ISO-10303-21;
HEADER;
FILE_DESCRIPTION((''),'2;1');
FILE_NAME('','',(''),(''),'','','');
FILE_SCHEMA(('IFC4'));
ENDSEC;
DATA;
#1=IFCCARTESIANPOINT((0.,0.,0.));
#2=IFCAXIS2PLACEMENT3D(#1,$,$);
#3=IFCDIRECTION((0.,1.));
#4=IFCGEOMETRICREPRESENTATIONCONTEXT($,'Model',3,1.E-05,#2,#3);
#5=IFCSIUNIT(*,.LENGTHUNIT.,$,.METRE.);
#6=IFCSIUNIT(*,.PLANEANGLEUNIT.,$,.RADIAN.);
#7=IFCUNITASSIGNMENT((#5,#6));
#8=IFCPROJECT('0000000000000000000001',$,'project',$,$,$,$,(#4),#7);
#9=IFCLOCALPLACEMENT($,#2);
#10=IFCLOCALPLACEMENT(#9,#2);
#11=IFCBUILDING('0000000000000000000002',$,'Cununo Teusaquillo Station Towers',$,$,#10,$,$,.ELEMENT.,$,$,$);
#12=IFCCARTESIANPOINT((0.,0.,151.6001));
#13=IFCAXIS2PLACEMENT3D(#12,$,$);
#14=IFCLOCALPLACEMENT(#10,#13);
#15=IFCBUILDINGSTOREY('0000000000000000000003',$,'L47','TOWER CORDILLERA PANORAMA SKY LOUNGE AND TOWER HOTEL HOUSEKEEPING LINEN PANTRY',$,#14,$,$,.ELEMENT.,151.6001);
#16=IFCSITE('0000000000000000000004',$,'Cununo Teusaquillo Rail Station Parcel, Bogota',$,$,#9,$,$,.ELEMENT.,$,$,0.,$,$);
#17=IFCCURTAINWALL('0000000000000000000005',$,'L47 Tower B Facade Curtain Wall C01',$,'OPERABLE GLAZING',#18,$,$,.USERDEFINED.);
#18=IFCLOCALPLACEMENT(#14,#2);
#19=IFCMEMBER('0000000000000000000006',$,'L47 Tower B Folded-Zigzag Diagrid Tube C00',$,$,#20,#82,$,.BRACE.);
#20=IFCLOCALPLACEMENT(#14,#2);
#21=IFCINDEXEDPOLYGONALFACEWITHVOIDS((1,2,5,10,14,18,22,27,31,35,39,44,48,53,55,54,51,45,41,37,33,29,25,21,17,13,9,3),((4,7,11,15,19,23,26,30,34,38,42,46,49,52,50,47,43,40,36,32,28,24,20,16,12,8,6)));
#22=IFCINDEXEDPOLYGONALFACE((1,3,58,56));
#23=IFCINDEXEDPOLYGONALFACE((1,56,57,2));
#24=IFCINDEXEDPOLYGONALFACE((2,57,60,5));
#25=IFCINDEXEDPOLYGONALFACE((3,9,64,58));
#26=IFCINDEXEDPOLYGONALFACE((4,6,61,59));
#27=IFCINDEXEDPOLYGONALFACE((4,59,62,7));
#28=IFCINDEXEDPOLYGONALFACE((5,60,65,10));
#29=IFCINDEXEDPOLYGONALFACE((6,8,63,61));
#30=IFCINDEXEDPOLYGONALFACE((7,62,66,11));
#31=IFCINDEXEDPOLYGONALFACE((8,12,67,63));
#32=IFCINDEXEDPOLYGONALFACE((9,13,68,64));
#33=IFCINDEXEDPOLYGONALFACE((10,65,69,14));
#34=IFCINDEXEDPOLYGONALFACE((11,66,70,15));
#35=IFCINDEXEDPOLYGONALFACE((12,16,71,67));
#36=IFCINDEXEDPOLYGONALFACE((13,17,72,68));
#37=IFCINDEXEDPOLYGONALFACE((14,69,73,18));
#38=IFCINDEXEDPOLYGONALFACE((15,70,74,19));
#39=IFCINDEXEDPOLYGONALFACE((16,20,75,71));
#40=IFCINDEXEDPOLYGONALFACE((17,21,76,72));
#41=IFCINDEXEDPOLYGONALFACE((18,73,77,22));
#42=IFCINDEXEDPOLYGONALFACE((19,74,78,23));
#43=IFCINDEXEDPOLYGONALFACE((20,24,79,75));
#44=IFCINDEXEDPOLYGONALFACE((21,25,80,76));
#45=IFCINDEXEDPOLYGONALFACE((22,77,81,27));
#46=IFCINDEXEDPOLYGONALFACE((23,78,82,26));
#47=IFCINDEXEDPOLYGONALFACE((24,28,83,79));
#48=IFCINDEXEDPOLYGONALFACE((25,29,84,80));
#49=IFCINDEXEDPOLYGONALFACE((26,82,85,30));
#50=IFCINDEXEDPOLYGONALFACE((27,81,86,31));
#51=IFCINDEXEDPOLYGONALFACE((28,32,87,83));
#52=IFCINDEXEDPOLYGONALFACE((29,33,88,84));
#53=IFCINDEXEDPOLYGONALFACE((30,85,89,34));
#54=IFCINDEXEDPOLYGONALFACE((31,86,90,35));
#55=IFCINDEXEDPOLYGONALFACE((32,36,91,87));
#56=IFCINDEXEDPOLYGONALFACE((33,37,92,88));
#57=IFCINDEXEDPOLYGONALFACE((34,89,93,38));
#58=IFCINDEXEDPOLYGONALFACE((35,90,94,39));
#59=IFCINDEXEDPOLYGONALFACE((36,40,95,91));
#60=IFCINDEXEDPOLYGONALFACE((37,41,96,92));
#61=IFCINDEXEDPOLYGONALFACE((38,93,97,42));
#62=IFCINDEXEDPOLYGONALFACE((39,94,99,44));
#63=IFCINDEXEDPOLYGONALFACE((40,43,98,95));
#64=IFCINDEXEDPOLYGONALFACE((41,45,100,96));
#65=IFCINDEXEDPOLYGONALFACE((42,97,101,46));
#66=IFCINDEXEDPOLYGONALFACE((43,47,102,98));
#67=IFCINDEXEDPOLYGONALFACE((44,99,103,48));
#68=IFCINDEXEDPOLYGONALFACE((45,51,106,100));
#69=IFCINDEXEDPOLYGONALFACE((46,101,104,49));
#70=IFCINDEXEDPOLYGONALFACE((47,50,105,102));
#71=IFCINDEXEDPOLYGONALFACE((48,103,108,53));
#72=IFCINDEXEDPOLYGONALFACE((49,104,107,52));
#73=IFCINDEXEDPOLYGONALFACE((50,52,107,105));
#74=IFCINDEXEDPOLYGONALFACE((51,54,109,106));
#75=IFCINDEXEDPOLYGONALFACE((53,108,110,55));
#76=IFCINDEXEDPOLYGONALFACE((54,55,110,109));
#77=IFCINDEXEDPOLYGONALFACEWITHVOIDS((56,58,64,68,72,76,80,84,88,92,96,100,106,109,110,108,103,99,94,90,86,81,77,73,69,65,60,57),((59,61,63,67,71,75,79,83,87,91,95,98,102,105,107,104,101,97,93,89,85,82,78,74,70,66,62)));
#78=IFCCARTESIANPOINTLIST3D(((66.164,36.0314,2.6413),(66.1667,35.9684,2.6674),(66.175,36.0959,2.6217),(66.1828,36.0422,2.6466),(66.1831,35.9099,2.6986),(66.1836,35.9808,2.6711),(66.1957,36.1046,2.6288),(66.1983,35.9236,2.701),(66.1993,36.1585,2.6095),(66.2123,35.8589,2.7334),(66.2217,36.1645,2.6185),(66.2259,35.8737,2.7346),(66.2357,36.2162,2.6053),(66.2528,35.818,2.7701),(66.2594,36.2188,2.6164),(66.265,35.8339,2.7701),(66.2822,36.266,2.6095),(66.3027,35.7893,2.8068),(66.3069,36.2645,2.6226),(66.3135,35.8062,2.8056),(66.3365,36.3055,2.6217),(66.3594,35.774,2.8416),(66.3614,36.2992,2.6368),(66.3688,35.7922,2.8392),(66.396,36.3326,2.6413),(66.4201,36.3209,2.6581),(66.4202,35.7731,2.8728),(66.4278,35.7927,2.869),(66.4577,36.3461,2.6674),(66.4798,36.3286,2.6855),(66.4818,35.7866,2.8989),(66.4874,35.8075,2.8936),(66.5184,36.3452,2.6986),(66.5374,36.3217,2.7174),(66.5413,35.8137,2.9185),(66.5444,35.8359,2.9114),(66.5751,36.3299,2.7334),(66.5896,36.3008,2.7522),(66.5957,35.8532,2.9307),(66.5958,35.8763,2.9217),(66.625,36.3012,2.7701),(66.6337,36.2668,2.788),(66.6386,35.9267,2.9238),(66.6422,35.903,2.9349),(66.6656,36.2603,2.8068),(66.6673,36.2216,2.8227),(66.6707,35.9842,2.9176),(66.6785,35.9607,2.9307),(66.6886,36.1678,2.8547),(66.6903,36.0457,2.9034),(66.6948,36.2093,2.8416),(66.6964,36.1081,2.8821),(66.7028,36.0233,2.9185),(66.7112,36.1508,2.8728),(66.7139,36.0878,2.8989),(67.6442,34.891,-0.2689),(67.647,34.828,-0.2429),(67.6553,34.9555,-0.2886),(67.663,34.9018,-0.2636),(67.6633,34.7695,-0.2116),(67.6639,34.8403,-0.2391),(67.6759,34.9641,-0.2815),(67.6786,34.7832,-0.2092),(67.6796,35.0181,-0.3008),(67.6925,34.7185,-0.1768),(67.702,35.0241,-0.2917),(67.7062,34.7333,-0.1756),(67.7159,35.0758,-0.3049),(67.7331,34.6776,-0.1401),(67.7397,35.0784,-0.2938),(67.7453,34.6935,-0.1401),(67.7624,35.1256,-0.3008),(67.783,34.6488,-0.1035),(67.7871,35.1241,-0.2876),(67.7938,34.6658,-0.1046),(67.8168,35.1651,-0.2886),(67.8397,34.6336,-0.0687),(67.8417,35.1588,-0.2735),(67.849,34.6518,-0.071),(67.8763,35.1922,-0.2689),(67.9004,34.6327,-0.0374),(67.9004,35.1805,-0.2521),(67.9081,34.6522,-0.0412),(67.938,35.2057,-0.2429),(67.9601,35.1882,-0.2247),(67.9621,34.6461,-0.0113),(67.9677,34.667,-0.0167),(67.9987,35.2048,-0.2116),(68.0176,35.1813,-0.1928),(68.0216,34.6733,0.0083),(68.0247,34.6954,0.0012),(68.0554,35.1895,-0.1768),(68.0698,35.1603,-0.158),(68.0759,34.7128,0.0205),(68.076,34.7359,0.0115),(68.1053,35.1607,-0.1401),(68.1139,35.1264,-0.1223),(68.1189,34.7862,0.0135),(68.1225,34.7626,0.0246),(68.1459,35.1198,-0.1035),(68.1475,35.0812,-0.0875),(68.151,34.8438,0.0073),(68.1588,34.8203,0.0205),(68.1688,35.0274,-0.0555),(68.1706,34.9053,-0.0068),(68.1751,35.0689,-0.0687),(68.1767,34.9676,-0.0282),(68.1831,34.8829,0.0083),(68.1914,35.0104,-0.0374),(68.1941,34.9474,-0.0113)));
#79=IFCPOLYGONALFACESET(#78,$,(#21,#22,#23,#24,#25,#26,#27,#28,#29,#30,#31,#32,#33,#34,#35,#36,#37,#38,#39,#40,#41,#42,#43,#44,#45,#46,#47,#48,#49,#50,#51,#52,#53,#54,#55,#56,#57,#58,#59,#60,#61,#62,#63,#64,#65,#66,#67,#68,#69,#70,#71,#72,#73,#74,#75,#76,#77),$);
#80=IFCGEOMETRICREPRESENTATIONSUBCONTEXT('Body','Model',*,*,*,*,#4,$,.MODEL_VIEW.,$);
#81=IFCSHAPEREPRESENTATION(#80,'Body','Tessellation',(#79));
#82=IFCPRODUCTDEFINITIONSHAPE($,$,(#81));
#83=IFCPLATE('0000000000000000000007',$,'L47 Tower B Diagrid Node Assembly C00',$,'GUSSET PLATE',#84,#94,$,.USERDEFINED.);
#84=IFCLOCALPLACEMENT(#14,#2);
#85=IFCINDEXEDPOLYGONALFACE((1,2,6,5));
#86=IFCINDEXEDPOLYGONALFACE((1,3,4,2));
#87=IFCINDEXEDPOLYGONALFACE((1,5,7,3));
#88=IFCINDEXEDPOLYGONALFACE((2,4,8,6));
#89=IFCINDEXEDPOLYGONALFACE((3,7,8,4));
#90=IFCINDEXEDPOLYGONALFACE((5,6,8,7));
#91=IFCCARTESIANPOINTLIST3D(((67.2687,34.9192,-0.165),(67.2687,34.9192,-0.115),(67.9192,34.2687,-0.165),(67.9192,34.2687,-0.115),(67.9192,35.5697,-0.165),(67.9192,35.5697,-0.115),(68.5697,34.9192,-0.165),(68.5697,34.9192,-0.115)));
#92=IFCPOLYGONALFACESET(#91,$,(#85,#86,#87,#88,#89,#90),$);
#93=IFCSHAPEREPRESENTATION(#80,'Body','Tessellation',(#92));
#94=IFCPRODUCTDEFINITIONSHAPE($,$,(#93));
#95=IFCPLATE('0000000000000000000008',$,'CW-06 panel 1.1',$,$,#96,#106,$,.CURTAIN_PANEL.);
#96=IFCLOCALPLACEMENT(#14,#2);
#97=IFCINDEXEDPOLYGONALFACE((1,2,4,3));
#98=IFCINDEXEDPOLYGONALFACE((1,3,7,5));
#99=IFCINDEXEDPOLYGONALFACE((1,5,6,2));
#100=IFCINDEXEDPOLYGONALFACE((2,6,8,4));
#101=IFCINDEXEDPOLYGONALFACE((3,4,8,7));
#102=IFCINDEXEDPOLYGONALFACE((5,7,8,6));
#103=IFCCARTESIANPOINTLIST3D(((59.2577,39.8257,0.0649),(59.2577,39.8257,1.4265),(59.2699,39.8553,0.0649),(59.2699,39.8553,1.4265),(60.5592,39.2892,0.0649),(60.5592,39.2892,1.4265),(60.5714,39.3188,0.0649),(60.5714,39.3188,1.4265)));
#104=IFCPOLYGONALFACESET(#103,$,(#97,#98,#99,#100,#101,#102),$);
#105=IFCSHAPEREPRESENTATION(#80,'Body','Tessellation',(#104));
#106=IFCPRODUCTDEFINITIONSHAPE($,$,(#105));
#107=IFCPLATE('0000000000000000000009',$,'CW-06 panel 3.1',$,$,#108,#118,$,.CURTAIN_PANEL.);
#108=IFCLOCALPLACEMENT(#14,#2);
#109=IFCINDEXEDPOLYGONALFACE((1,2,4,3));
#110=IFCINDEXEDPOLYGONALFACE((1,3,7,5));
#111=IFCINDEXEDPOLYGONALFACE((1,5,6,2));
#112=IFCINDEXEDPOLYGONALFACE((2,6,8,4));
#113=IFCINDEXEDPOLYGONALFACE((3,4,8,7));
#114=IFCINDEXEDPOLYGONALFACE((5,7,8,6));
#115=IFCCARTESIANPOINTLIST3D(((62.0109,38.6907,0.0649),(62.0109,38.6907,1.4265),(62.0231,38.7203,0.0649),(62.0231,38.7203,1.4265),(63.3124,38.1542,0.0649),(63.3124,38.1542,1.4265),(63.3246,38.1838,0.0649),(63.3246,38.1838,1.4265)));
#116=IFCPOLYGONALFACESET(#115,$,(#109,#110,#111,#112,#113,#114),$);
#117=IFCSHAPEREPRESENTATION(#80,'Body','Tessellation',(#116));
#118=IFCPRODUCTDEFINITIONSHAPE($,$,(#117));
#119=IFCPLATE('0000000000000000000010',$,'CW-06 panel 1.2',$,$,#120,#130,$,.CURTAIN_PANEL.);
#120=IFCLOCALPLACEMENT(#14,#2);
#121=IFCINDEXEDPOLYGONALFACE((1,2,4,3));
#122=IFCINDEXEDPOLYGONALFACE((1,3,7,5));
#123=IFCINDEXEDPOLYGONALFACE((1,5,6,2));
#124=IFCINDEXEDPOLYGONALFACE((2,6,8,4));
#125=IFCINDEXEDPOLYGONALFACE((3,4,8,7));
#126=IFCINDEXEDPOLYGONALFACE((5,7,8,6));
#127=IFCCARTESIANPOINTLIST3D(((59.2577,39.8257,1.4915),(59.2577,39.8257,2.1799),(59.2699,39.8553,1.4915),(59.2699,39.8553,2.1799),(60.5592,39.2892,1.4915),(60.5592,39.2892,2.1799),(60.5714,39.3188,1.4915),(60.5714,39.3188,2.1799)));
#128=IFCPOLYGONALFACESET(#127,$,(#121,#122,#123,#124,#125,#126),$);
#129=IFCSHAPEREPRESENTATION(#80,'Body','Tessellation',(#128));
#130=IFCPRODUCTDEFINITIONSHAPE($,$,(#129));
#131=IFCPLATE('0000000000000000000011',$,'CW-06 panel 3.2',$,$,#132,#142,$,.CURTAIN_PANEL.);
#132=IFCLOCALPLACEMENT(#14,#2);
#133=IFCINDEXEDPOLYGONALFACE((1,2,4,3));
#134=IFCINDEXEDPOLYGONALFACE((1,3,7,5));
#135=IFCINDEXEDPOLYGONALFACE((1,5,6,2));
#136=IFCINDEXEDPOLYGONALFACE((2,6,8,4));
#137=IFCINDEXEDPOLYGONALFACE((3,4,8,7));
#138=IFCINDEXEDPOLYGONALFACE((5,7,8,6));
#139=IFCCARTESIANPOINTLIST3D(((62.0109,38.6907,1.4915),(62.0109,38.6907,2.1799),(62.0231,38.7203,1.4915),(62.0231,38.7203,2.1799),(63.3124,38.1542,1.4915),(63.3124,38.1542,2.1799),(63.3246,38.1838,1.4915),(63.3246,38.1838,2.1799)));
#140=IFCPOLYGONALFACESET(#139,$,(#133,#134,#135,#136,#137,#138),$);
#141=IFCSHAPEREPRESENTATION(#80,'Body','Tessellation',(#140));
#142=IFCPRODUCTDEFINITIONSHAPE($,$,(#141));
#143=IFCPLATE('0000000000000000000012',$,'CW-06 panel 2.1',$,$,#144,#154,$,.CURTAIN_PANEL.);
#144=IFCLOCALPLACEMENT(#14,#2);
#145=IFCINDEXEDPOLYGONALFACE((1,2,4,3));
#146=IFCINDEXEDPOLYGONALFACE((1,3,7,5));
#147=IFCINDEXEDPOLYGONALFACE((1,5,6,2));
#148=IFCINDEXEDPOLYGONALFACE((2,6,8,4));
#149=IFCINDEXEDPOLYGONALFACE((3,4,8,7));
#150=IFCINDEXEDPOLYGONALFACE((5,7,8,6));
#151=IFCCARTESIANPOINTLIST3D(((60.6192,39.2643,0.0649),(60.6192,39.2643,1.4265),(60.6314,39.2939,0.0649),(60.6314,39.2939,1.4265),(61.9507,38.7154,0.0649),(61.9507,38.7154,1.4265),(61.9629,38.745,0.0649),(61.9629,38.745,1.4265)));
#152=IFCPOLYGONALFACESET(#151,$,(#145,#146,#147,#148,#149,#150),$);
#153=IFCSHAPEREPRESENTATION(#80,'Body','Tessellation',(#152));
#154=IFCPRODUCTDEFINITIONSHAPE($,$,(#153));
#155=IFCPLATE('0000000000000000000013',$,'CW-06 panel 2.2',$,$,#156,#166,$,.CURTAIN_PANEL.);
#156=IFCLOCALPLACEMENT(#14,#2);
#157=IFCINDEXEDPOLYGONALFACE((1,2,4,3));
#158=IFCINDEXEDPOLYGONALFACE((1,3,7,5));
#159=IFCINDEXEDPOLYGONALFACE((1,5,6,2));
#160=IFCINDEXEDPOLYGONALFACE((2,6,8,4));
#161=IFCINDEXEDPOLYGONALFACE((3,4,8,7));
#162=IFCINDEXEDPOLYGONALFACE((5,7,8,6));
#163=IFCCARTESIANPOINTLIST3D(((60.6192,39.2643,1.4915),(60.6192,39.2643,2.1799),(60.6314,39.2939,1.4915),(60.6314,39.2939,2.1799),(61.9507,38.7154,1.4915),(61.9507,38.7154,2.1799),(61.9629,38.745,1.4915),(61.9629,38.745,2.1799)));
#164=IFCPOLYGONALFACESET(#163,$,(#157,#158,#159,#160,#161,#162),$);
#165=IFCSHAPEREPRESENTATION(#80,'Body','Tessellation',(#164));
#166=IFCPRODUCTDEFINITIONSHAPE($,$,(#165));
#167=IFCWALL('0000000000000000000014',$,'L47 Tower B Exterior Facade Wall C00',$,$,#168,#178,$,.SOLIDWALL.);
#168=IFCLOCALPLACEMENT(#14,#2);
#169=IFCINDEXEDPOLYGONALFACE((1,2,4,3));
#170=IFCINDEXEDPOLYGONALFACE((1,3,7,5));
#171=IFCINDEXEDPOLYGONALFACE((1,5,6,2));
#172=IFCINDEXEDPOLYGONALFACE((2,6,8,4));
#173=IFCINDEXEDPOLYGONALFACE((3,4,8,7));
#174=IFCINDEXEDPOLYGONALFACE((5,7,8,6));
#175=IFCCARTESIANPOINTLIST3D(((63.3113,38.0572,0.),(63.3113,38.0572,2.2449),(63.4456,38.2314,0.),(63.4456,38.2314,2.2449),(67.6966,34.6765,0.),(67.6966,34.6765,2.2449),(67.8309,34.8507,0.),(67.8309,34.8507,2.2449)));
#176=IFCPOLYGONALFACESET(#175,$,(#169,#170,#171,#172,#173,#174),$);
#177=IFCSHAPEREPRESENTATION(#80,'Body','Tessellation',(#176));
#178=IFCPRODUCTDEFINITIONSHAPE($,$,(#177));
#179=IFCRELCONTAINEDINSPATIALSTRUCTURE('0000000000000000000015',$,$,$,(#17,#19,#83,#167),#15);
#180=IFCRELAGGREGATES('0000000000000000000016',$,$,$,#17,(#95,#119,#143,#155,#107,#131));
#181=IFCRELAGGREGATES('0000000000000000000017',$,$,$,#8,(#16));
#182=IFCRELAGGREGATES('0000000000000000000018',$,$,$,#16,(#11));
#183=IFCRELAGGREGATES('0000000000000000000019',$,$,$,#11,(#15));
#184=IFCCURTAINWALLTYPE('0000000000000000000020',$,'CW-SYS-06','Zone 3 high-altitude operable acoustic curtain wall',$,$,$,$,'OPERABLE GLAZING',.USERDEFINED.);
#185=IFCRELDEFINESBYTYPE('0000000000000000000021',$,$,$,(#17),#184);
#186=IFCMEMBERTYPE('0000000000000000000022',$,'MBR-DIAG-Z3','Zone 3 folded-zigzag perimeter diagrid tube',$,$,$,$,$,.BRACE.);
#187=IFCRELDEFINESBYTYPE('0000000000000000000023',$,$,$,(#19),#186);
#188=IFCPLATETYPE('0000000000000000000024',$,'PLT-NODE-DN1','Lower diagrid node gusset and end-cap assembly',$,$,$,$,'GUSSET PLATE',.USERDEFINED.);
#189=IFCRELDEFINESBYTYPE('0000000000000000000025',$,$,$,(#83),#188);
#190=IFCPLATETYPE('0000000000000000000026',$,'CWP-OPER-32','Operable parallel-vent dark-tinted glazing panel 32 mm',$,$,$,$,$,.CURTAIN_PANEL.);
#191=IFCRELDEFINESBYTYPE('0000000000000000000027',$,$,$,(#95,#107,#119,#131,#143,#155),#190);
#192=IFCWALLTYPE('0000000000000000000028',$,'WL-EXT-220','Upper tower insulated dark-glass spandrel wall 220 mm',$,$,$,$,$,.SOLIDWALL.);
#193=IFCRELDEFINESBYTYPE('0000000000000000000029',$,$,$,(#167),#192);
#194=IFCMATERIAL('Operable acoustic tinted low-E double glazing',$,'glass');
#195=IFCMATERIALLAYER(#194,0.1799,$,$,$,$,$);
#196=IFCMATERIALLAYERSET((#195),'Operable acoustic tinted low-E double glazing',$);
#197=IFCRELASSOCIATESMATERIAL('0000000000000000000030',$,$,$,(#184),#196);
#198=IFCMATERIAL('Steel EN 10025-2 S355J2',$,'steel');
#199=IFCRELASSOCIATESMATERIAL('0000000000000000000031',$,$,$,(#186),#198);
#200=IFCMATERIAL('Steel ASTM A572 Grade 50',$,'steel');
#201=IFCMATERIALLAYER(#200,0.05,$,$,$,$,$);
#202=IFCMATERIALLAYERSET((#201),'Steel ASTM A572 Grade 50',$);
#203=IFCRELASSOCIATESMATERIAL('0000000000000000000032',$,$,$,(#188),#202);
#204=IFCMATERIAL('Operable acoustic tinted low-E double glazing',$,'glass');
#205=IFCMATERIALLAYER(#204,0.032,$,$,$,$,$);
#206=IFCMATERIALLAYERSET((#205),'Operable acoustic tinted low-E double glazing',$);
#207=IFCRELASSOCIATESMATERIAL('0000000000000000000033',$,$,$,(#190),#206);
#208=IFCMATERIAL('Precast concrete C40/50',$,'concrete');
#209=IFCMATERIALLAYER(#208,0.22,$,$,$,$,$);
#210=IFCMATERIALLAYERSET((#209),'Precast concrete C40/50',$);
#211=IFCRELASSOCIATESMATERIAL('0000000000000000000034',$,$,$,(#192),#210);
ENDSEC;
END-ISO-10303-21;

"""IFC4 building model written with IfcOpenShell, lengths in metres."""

from ifc_helpers import new_model, si_unit, direction, frame, frame_2d, origin, origin_2d, place, context, subcontext, project, spatial, rectangle, hollow_circle, extrude, source, transform, mapped, material, layer, layer_set, material_profile, profile_set, type_object, element, aggregate, save


model = new_model("IFC4")

# Units and contexts
model_context = context("Model", 3, precision=1e-05, world=origin(), true_north=direction((0.0, 1.0)))
body_context = subcontext(model_context, "Body", "Model", "MODEL_VIEW")
ifc_project = project(units=[si_unit("LENGTHUNIT", "METRE"), si_unit("PLANEANGLEUNIT", "RADIAN")], contexts=[model_context])

# Site, building, storey
site_placement = place(None, origin())
site = spatial("IfcSite", under=ifc_project, at=site_placement, Name="Cununo Teusaquillo Rail Station Parcel, Bogota", CompositionType="ELEMENT", RefElevation=0.0)
building_placement = place(site_placement, origin())
building = spatial("IfcBuilding", under=site, at=building_placement, Name="Cununo Teusaquillo Station Towers", CompositionType="ELEMENT")
storey_placement = place(building_placement, frame((0.0, 0.0, 151.6001)))
storey = spatial("IfcBuildingStorey", under=building, at=storey_placement, Name="L47", Description="TOWER CORDILLERA PANORAMA SKY LOUNGE AND TOWER HOTEL HOUSEKEEPING LINEN PANTRY", CompositionType="ELEMENT", Elevation=151.6001)

# Curtain wall
ifc_material_1 = material(Name="Operable acoustic tinted low-E double glazing", Category="glass")
ifc_layer_1 = layer(ifc_material_1, 0.1799)
ifc_layer_set_1 = layer_set([ifc_layer_1], Name="Operable acoustic tinted low-E double glazing")
curtain_wall_type = type_object("IfcCurtainWallType", Name="CW-SYS-06", Description="Zone 3 high-altitude operable acoustic curtain wall", ElementType="OPERABLE GLAZING", PredefinedType="USERDEFINED", material=ifc_layer_set_1)
curtain_wall_placement = place(storey_placement, origin())
curtain_wall = element("IfcCurtainWall", 1, at=curtain_wall_placement, inside=storey, type_object=curtain_wall_type, Name="L47 Tower B Facade Curtain Wall C01", ObjectType="OPERABLE GLAZING", PredefinedType="USERDEFINED")

# Member
ifc_material_2 = material(Name="Steel EN 10025-2 S355J2", Category="steel")
ifc_material_profile_1 = material_profile(ifc_material_2, hollow_circle(Radius=0.3049, WallThickness=0.02, at=origin_2d()), Name="CHS 610x20")
ifc_profile_set_1 = profile_set([ifc_material_profile_1], Name="Steel EN 10025-2 S355J2")
member_type_1 = type_object("IfcMemberType", Name="MBR-DIAG-Z3", Description="Zone 3 folded-zigzag perimeter diagrid tube", PredefinedType="BRACE", material=ifc_profile_set_1)
member_1_placement = place(storey_placement, frame((67.9192, 34.9192, -0.1401), z_axis=(-0.428008, 0.329742, 0.841474), x_axis=(-0.610298, -0.792172, 0.0)))
element("IfcMember", 2, at=member_1_placement, inside=storey, type_object=member_type_1, Name="L47 Tower B Folded-Zigzag Diagrid Tube C00", PredefinedType="BRACE", context=body_context, shape_type="SweptSolid", body=[
    extrude(hollow_circle(Radius=0.3049, WallThickness=0.02, at=origin_2d()), origin(), (0.0, 0.0, 1.0), 3.4585),
])

# Plates
ifc_material_3 = material(Name="Steel ASTM A572 Grade 50", Category="steel")
ifc_layer_2 = layer(ifc_material_3, 0.05)
ifc_layer_set_2 = layer_set([ifc_layer_2], Name="Steel ASTM A572 Grade 50")
plate_type_1 = type_object("IfcPlateType", Name="PLT-NODE-DN1", Description="Lower diagrid node gusset and end-cap assembly", ElementType="GUSSET PLATE", PredefinedType="USERDEFINED", material=ifc_layer_set_2)
shared_shape_1 = source(origin(), body_context, "Body", "SweptSolid", [
    extrude(rectangle(XDim=0.9199, YDim=0.9199, at=origin_2d()), origin(), (0.0, 0.0, 1.0), 0.05),
])
plate_1_placement = place(storey_placement, frame((67.9192, 34.9192, -0.165), z_axis=(0.0, 0.0, 1.0), x_axis=(0.707107, 0.707107, 0.0)))
element("IfcPlate", 3, at=plate_1_placement, inside=storey, type_object=plate_type_1, Name="L47 Tower B Diagrid Node Assembly C00", ObjectType="GUSSET PLATE", PredefinedType="USERDEFINED", context=body_context, shape_type="MappedRepresentation", body=[
    mapped(shared_shape_1, transform((0.0, 0.0, 0.0), x_axis=(1.0, 0.0, 0.0), y_axis=(0.0, 1.0, 0.0), z_axis=(0.0, 0.0, 1.0), scale=1.0)),
])
ifc_material_4 = material(Name="Operable acoustic tinted low-E double glazing", Category="glass")
ifc_layer_3 = layer(ifc_material_4, 0.032)
ifc_layer_set_3 = layer_set([ifc_layer_3], Name="Operable acoustic tinted low-E double glazing")
plate_type_2 = type_object("IfcPlateType", Name="CWP-OPER-32", Description="Operable parallel-vent dark-tinted glazing panel 32 mm", PredefinedType="CURTAIN_PANEL", material=ifc_layer_set_3)
shared_shape_2 = source(origin(), body_context, "Body", "SweptSolid", [
    extrude(rectangle(XDim=1.4077, YDim=0.032, at=origin_2d()), origin(), (0.0, 0.0, 1.0), 1.3616),
])
plate_2_placement = place(storey_placement, frame((59.9146, 39.5723, 0.0649), z_axis=(0.0, 0.0, 1.0), x_axis=(0.924525, -0.381122, 0.0)))
plate_2 = element("IfcPlate", 4, at=plate_2_placement, type_object=plate_type_2, Name="CW-06 panel 1.1", PredefinedType="CURTAIN_PANEL", context=body_context, shape_type="MappedRepresentation", body=[
    mapped(shared_shape_2, transform((0.0, 0.0, 0.0), x_axis=(1.0, 0.0, 0.0), y_axis=(0.0, 1.0, 0.0), z_axis=(0.0, 0.0, 1.0), scale=1.0)),
])
plate_3_placement = place(storey_placement, frame((62.6677, 38.4373, 0.0649), z_axis=(0.0, 0.0, 1.0), x_axis=(0.924525, -0.381122, 0.0)))
plate_3 = element("IfcPlate", 5, at=plate_3_placement, type_object=plate_type_2, Name="CW-06 panel 3.1", PredefinedType="CURTAIN_PANEL", context=body_context, shape_type="MappedRepresentation", body=[
    mapped(shared_shape_2, transform((0.0, 0.0, 0.0), x_axis=(1.0, 0.0, 0.0), y_axis=(0.0, 1.0, 0.0), z_axis=(0.0, 0.0, 1.0), scale=1.0)),
])
shared_shape_3 = source(origin(), body_context, "Body", "SweptSolid", [
    extrude(rectangle(XDim=1.4077, YDim=0.032, at=origin_2d()), origin(), (0.0, 0.0, 1.0), 0.6885),
])
plate_4_placement = place(storey_placement, frame((59.9146, 39.5723, 1.4915), z_axis=(0.0, 0.0, 1.0), x_axis=(0.924525, -0.381122, 0.0)))
plate_4 = element("IfcPlate", 6, at=plate_4_placement, type_object=plate_type_2, Name="CW-06 panel 1.2", PredefinedType="CURTAIN_PANEL", context=body_context, shape_type="MappedRepresentation", body=[
    mapped(shared_shape_3, transform((0.0, 0.0, 0.0), x_axis=(1.0, 0.0, 0.0), y_axis=(0.0, 1.0, 0.0), z_axis=(0.0, 0.0, 1.0), scale=1.0)),
])
plate_5_placement = place(storey_placement, frame((62.6677, 38.4373, 1.4915), z_axis=(0.0, 0.0, 1.0), x_axis=(0.924525, -0.381122, 0.0)))
plate_5 = element("IfcPlate", 7, at=plate_5_placement, type_object=plate_type_2, Name="CW-06 panel 3.2", PredefinedType="CURTAIN_PANEL", context=body_context, shape_type="MappedRepresentation", body=[
    mapped(shared_shape_3, transform((0.0, 0.0, 0.0), x_axis=(1.0, 0.0, 0.0), y_axis=(0.0, 1.0, 0.0), z_axis=(0.0, 0.0, 1.0), scale=1.0)),
])
shared_shape_4 = source(origin(), body_context, "Body", "SweptSolid", [
    extrude(rectangle(XDim=1.4402, YDim=0.032, at=origin_2d()), origin(), (0.0, 0.0, 1.0), 1.3616),
])
plate_6_placement = place(storey_placement, frame((61.291, 39.0046, 0.0649), z_axis=(0.0, 0.0, 1.0), x_axis=(0.924525, -0.381122, 0.0)))
plate_6 = element("IfcPlate", 8, at=plate_6_placement, type_object=plate_type_2, Name="CW-06 panel 2.1", PredefinedType="CURTAIN_PANEL", context=body_context, shape_type="MappedRepresentation", body=[
    mapped(shared_shape_4, transform((0.0, 0.0, 0.0), x_axis=(1.0, 0.0, 0.0), y_axis=(0.0, 1.0, 0.0), z_axis=(0.0, 0.0, 1.0), scale=1.0)),
])
shared_shape_5 = source(origin(), body_context, "Body", "SweptSolid", [
    extrude(rectangle(XDim=1.4402, YDim=0.032, at=origin_2d()), origin(), (0.0, 0.0, 1.0), 0.6885),
])
plate_7_placement = place(storey_placement, frame((61.291, 39.0046, 1.4915), z_axis=(0.0, 0.0, 1.0), x_axis=(0.924525, -0.381122, 0.0)))
plate_7 = element("IfcPlate", 9, at=plate_7_placement, type_object=plate_type_2, Name="CW-06 panel 2.2", PredefinedType="CURTAIN_PANEL", context=body_context, shape_type="MappedRepresentation", body=[
    mapped(shared_shape_5, transform((0.0, 0.0, 0.0), x_axis=(1.0, 0.0, 0.0), y_axis=(0.0, 1.0, 0.0), z_axis=(0.0, 0.0, 1.0), scale=1.0)),
])
aggregate(curtain_wall, [plate_2, plate_4, plate_6, plate_7, plate_3, plate_5])

# Wall
ifc_material_5 = material(Name="Precast concrete C40/50", Category="concrete")
ifc_layer_4 = layer(ifc_material_5, 0.22)
ifc_layer_set_4 = layer_set([ifc_layer_4], Name="Precast concrete C40/50")
wall_type = type_object("IfcWallType", Name="WL-EXT-220", Description="Upper tower insulated dark-glass spandrel wall 220 mm", PredefinedType="SOLIDWALL", material=ifc_layer_set_4)
wall_1_placement = place(storey_placement, frame((63.3784, 38.1443, 0.0), z_axis=(0.0, 0.0, 1.0), x_axis=(0.791983, -0.610544, 0.0)))
element("IfcWall", 10, at=wall_1_placement, inside=storey, type_object=wall_type, Name="L47 Tower B Exterior Facade Wall C00", PredefinedType="SOLIDWALL", context=body_context, shape_type="SweptSolid", body=[
    extrude(rectangle(XDim=5.5371, YDim=0.22, at=frame_2d((2.7686, 0.0))), origin(), (0.0, 0.0, 1.0), 2.2449),
])

save(model, "model.ifc")
